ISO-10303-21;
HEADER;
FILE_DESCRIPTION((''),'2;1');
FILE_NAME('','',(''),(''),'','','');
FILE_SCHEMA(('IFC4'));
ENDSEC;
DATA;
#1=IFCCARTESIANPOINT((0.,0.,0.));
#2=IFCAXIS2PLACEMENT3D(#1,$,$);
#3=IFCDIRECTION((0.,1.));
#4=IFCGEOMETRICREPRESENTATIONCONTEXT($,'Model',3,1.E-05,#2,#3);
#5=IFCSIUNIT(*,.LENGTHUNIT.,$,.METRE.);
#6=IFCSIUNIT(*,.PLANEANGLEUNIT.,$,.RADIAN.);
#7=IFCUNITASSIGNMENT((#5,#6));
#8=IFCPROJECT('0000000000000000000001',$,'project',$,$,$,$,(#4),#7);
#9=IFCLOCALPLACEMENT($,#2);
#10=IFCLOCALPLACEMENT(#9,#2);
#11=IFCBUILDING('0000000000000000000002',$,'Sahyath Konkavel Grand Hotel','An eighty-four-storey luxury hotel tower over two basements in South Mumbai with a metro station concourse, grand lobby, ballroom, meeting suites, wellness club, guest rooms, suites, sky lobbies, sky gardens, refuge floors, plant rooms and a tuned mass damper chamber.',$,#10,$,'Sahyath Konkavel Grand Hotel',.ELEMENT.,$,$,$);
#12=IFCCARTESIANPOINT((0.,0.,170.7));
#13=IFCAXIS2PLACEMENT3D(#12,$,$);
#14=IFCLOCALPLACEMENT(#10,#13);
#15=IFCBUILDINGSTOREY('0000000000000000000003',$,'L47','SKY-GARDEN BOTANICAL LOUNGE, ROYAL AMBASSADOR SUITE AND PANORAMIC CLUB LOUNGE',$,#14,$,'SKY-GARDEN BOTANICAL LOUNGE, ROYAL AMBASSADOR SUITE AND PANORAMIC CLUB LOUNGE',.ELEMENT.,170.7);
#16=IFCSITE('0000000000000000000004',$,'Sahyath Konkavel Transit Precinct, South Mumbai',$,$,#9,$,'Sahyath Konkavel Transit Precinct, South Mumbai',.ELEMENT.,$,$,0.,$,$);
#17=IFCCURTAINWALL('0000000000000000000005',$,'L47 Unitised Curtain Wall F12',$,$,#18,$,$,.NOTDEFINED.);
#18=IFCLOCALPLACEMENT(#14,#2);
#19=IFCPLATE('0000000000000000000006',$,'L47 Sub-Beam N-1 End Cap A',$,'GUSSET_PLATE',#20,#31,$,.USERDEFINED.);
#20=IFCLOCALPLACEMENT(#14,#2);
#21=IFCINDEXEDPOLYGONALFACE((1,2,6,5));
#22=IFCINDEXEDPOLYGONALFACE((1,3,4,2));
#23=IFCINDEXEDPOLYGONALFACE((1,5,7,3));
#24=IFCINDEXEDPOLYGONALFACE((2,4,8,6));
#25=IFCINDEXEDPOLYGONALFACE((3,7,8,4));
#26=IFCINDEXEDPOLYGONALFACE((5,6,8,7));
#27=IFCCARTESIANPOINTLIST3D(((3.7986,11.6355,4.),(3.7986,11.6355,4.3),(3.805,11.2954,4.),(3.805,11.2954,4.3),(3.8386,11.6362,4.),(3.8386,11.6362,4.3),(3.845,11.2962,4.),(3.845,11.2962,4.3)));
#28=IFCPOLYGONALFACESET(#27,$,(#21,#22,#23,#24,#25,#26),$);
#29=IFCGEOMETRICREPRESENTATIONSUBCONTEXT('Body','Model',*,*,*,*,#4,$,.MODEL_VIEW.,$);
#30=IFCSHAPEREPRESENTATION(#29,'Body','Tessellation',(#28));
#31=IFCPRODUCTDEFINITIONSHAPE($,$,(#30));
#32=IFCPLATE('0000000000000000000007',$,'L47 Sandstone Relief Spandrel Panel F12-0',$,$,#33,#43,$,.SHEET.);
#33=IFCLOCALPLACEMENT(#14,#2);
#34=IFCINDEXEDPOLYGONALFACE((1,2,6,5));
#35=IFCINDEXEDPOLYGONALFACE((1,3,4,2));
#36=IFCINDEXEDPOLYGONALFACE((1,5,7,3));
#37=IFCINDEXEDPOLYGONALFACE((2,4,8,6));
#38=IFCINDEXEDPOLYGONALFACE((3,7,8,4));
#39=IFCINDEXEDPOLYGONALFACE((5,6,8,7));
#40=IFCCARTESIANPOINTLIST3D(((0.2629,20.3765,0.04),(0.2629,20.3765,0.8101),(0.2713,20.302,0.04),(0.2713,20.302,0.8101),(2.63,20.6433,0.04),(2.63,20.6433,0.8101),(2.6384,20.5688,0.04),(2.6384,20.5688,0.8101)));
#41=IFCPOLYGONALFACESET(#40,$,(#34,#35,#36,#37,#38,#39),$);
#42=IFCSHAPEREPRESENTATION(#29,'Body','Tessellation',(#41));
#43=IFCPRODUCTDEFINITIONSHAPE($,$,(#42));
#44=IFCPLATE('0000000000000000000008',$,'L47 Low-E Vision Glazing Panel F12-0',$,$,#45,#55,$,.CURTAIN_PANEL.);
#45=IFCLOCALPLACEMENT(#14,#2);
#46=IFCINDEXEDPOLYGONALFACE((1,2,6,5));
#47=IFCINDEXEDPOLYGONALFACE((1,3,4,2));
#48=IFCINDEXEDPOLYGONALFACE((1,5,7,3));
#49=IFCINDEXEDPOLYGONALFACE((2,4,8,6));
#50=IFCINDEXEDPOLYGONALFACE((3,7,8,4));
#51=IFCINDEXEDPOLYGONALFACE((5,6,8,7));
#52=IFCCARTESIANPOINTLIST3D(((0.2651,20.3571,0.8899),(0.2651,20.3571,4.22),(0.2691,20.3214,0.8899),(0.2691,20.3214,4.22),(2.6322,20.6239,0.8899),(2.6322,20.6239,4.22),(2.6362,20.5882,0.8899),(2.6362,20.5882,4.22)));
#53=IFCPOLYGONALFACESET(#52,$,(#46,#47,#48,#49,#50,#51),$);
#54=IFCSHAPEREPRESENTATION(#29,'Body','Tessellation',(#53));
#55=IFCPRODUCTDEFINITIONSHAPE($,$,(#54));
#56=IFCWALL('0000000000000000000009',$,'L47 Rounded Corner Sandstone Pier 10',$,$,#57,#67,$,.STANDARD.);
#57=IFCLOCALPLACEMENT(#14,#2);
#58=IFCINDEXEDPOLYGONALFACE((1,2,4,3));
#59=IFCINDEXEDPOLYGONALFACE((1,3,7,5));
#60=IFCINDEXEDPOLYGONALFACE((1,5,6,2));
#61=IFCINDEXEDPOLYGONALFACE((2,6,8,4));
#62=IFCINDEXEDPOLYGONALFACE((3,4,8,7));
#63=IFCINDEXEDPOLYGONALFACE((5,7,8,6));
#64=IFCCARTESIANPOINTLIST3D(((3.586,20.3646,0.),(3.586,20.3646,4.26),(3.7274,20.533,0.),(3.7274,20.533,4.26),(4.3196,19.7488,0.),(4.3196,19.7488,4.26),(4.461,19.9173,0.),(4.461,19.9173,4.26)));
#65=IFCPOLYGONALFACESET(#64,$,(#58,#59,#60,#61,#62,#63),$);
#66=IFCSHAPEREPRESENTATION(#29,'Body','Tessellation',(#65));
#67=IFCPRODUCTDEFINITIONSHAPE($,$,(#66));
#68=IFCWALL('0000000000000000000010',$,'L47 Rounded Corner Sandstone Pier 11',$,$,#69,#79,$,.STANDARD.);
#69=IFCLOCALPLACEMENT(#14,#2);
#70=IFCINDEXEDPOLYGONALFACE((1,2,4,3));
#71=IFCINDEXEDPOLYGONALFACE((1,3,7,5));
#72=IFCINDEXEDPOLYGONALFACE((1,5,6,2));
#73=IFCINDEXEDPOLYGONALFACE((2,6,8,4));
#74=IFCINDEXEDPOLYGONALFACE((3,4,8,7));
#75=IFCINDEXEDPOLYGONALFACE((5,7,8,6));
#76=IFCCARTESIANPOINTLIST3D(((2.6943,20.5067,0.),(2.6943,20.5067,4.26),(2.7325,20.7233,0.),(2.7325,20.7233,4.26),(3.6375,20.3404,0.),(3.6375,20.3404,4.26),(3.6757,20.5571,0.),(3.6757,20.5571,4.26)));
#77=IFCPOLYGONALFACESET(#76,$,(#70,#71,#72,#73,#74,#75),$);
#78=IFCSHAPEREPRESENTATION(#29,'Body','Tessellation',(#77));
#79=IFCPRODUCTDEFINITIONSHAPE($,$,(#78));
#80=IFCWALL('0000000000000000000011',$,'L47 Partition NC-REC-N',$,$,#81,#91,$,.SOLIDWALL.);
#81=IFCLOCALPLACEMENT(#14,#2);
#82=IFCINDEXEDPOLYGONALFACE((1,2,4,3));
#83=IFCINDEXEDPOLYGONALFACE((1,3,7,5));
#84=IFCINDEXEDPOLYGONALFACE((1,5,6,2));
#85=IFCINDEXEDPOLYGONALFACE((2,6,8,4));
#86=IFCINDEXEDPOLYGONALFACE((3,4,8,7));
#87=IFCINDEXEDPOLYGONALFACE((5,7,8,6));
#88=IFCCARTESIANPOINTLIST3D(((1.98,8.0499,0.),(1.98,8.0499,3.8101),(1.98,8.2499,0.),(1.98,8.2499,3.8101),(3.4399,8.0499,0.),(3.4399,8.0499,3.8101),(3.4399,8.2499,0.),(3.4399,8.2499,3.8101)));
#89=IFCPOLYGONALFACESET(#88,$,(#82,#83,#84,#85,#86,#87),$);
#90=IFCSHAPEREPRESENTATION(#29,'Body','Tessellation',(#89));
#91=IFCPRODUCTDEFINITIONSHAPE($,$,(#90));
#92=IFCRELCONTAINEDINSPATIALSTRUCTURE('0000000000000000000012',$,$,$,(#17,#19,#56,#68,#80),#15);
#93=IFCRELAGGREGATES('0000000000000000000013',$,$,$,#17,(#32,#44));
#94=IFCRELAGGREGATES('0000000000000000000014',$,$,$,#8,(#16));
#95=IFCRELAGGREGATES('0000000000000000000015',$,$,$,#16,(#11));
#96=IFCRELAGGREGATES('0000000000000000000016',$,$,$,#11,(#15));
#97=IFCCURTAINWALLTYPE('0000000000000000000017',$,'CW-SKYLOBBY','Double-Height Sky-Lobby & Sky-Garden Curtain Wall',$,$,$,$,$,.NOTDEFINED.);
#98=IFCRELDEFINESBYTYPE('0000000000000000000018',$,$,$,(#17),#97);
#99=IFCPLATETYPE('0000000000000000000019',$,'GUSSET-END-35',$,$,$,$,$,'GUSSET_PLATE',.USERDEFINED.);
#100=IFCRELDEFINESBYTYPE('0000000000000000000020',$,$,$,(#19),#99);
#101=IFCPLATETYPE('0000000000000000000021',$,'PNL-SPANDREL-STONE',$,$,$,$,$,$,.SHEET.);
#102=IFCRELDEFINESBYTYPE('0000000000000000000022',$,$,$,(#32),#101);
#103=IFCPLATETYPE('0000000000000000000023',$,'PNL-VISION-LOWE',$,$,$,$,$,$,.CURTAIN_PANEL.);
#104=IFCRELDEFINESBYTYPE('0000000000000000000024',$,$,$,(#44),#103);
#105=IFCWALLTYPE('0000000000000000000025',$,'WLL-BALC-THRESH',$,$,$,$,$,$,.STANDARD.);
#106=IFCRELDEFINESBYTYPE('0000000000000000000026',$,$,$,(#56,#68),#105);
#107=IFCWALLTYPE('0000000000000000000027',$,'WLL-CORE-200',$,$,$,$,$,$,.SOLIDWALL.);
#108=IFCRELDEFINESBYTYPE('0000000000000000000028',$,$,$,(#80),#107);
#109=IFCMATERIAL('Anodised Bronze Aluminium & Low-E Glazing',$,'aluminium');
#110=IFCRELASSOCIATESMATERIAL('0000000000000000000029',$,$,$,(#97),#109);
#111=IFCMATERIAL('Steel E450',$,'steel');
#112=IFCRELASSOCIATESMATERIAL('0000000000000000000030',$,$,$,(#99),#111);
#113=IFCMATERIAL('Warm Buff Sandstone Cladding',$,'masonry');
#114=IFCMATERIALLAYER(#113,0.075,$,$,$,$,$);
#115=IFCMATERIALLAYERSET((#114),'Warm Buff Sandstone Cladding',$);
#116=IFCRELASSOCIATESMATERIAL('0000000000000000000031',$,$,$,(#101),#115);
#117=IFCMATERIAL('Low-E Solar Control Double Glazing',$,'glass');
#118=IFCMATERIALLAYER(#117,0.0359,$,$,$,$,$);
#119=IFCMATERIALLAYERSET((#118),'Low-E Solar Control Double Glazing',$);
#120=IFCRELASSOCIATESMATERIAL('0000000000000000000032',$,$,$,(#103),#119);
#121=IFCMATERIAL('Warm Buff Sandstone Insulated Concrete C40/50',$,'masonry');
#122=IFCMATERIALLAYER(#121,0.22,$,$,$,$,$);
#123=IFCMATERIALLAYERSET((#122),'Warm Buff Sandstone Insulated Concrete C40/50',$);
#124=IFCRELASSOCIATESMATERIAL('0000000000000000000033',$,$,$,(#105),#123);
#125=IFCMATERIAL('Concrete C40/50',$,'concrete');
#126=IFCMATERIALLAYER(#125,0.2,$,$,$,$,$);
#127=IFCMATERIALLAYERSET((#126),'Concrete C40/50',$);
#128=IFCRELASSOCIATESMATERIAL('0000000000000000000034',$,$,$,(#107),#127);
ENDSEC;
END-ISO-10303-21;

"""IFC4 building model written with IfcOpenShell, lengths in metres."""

from ifc_helpers import new_model, si_unit, direction, frame, frame_2d, origin, origin_2d, place, context, subcontext, project, spatial, rectangle, extrude, source, transform, mapped, material, layer, layer_set, type_object, element, aggregate, save


model = new_model("IFC4")

# Units and contexts
model_context = context("Model", 3, precision=1e-05, world=origin(), true_north=direction((0.0, 1.0)))
body_context = subcontext(model_context, "Body", "Model", "MODEL_VIEW")
ifc_project = project(units=[si_unit("LENGTHUNIT", "METRE"), si_unit("PLANEANGLEUNIT", "RADIAN")], contexts=[model_context])

# Site, building, storey
site_placement = place(None, origin())
site = spatial("IfcSite", under=ifc_project, at=site_placement, Name="Sahyath Konkavel Transit Precinct, South Mumbai", LongName="Sahyath Konkavel Transit Precinct, South Mumbai", CompositionType="ELEMENT", RefElevation=0.0)
building_placement = place(site_placement, origin())
building = spatial("IfcBuilding", under=site, at=building_placement, Name="Sahyath Konkavel Grand Hotel", Description="An eighty-four-storey luxury hotel tower over two basements in South Mumbai with a metro station concourse, grand lobby, ballroom, meeting suites, wellness club, guest rooms, suites, sky lobbies, sky gardens, refuge floors, plant rooms and a tuned mass damper chamber.", LongName="Sahyath Konkavel Grand Hotel", CompositionType="ELEMENT")
storey_placement = place(building_placement, frame((0.0, 0.0, 170.7)))
storey = spatial("IfcBuildingStorey", under=building, at=storey_placement, Name="L47", Description="SKY-GARDEN BOTANICAL LOUNGE, ROYAL AMBASSADOR SUITE AND PANORAMIC CLUB LOUNGE", LongName="SKY-GARDEN BOTANICAL LOUNGE, ROYAL AMBASSADOR SUITE AND PANORAMIC CLUB LOUNGE", CompositionType="ELEMENT", Elevation=170.7)

# Shared definitions
ifc_material_1 = material(Name="Concrete C40/50", Category="concrete")

# Curtain wall
ifc_material_2 = material(Name="Anodised Bronze Aluminium & Low-E Glazing", Category="aluminium")
curtain_wall_type = type_object("IfcCurtainWallType", Name="CW-SKYLOBBY", Description="Double-Height Sky-Lobby & Sky-Garden Curtain Wall", PredefinedType="NOTDEFINED", material=ifc_material_2)
curtain_wall_placement = place(storey_placement, origin())
curtain_wall = element("IfcCurtainWall", 1, at=curtain_wall_placement, inside=storey, type_object=curtain_wall_type, Name="L47 Unitised Curtain Wall F12", PredefinedType="NOTDEFINED")

# Plates
ifc_material_3 = material(Name="Steel E450", Category="steel")
plate_type_1 = type_object("IfcPlateType", Name="GUSSET-END-35", ElementType="GUSSET_PLATE", PredefinedType="USERDEFINED", material=ifc_material_3)
shared_shape_1 = source(origin(), body_context, "Body", "SweptSolid", [
    extrude(rectangle(XDim=0.04, YDim=0.3401, at=origin_2d()), origin(), (0.0, 0.0, 1.0), 0.3),
])
plate_1_placement = place(storey_placement, frame((3.8218, 11.4658, 4.0), z_axis=(0.0, 0.0, 1.0), x_axis=(-0.999822, -0.018848, 0.0)))
element("IfcPlate", 2, at=plate_1_placement, inside=storey, type_object=plate_type_1, Name="L47 Sub-Beam N-1 End Cap A", ObjectType="GUSSET_PLATE", PredefinedType="USERDEFINED", context=body_context, shape_type="MappedRepresentation", body=[
    mapped(shared_shape_1, transform((0.0, 0.0, 0.0), scale=1.0)),
])
ifc_material_4 = material(Name="Warm Buff Sandstone Cladding", Category="masonry")
ifc_layer_1 = layer(ifc_material_4, 0.075)
ifc_layer_set_1 = layer_set([ifc_layer_1], Name="Warm Buff Sandstone Cladding")
plate_type_2 = type_object("IfcPlateType", Name="PNL-SPANDREL-STONE", PredefinedType="SHEET", material=ifc_layer_set_1)
shared_shape_2 = source(origin(), body_context, "Body", "SweptSolid", [
    extrude(rectangle(XDim=2.3821, YDim=0.075, at=origin_2d()), origin(), (0.0, 0.0, 1.0), 0.77),
])
plate_2_placement = place(storey_placement, frame((1.4507, 20.4727, 0.04), z_axis=(0.0, 0.0, 1.0), x_axis=(-0.993707, -0.112007, 0.0)))
plate_2 = element("IfcPlate", 3, at=plate_2_placement, type_object=plate_type_2, Name="L47 Sandstone Relief Spandrel Panel F12-0", PredefinedType="SHEET", context=body_context, shape_type="MappedRepresentation", body=[
    mapped(shared_shape_2, transform((0.0, 0.0, 0.0), scale=1.0)),
])
ifc_material_5 = material(Name="Low-E Solar Control Double Glazing", Category="glass")
ifc_layer_2 = layer(ifc_material_5, 0.0359)
ifc_layer_set_2 = layer_set([ifc_layer_2], Name="Low-E Solar Control Double Glazing")
plate_type_3 = type_object("IfcPlateType", Name="PNL-VISION-LOWE", PredefinedType="CURTAIN_PANEL", material=ifc_layer_set_2)
shared_shape_3 = source(origin(), body_context, "Body", "SweptSolid", [
    extrude(rectangle(XDim=2.3821, YDim=0.0359, at=origin_2d()), origin(), (0.0, 0.0, 1.0), 3.3301),
])
plate_3_placement = place(storey_placement, frame((1.4507, 20.4727, 0.8899), z_axis=(0.0, 0.0, 1.0), x_axis=(-0.993707, -0.112007, 0.0)))
plate_3 = element("IfcPlate", 4, at=plate_3_placement, type_object=plate_type_3, Name="L47 Low-E Vision Glazing Panel F12-0", PredefinedType="CURTAIN_PANEL", context=body_context, shape_type="MappedRepresentation", body=[
    mapped(shared_shape_3, transform((0.0, 0.0, 0.0), scale=1.0)),
])
aggregate(curtain_wall, [plate_2, plate_3])

# Walls
ifc_material_6 = material(Name="Warm Buff Sandstone Insulated Concrete C40/50", Category="masonry")
ifc_layer_3 = layer(ifc_material_6, 0.22)
ifc_layer_set_3 = layer_set([ifc_layer_3], Name="Warm Buff Sandstone Insulated Concrete C40/50")
wall_type_1 = type_object("IfcWallType", Name="WLL-BALC-THRESH", PredefinedType="STANDARD", material=ifc_layer_set_3)
for number, where, z_axis, x_axis, name in (
    (5, (4.3904, 19.833, 0.0), (0.0, 0.0, 1.0), (-0.765981, 0.642863, 0.0), "L47 Rounded Corner Sandstone Pier 10"),
    (6, (3.6567, 20.4487, 0.0), (0.0, 0.0, 1.0), (-0.984814, 0.173611, 0.0), "L47 Rounded Corner Sandstone Pier 11"),
):
    element("IfcWall", number, at=place(storey_placement, frame(where, z_axis=z_axis, x_axis=x_axis)), inside=storey, type_object=wall_type_1, Name=name, PredefinedType="STANDARD", context=body_context, shape_type="SweptSolid", body=[
        extrude(rectangle(XDim=0.9578, YDim=0.22, at=frame_2d((0.479, 0.0))), origin(), (0.0, 0.0, 1.0), 4.26),
    ])
ifc_layer_4 = layer(ifc_material_1, 0.2)
ifc_layer_set_4 = layer_set([ifc_layer_4], Name="Concrete C40/50")
wall_type_2 = type_object("IfcWallType", Name="WLL-CORE-200", PredefinedType="SOLIDWALL", material=ifc_layer_set_4)
wall_placement = place(storey_placement, frame((1.98, 8.1499, 0.0), z_axis=(0.0, 0.0, 1.0), x_axis=(1.0, 0.0, 0.0)))
element("IfcWall", 7, at=wall_placement, inside=storey, type_object=wall_type_2, Name="L47 Partition NC-REC-N", PredefinedType="SOLIDWALL", context=body_context, shape_type="SweptSolid", body=[
    extrude(rectangle(XDim=1.46, YDim=0.2, at=frame_2d((0.73, 0.0))), origin(), (0.0, 0.0, 1.0), 3.8101),
])

save(model, "model.ifc")
